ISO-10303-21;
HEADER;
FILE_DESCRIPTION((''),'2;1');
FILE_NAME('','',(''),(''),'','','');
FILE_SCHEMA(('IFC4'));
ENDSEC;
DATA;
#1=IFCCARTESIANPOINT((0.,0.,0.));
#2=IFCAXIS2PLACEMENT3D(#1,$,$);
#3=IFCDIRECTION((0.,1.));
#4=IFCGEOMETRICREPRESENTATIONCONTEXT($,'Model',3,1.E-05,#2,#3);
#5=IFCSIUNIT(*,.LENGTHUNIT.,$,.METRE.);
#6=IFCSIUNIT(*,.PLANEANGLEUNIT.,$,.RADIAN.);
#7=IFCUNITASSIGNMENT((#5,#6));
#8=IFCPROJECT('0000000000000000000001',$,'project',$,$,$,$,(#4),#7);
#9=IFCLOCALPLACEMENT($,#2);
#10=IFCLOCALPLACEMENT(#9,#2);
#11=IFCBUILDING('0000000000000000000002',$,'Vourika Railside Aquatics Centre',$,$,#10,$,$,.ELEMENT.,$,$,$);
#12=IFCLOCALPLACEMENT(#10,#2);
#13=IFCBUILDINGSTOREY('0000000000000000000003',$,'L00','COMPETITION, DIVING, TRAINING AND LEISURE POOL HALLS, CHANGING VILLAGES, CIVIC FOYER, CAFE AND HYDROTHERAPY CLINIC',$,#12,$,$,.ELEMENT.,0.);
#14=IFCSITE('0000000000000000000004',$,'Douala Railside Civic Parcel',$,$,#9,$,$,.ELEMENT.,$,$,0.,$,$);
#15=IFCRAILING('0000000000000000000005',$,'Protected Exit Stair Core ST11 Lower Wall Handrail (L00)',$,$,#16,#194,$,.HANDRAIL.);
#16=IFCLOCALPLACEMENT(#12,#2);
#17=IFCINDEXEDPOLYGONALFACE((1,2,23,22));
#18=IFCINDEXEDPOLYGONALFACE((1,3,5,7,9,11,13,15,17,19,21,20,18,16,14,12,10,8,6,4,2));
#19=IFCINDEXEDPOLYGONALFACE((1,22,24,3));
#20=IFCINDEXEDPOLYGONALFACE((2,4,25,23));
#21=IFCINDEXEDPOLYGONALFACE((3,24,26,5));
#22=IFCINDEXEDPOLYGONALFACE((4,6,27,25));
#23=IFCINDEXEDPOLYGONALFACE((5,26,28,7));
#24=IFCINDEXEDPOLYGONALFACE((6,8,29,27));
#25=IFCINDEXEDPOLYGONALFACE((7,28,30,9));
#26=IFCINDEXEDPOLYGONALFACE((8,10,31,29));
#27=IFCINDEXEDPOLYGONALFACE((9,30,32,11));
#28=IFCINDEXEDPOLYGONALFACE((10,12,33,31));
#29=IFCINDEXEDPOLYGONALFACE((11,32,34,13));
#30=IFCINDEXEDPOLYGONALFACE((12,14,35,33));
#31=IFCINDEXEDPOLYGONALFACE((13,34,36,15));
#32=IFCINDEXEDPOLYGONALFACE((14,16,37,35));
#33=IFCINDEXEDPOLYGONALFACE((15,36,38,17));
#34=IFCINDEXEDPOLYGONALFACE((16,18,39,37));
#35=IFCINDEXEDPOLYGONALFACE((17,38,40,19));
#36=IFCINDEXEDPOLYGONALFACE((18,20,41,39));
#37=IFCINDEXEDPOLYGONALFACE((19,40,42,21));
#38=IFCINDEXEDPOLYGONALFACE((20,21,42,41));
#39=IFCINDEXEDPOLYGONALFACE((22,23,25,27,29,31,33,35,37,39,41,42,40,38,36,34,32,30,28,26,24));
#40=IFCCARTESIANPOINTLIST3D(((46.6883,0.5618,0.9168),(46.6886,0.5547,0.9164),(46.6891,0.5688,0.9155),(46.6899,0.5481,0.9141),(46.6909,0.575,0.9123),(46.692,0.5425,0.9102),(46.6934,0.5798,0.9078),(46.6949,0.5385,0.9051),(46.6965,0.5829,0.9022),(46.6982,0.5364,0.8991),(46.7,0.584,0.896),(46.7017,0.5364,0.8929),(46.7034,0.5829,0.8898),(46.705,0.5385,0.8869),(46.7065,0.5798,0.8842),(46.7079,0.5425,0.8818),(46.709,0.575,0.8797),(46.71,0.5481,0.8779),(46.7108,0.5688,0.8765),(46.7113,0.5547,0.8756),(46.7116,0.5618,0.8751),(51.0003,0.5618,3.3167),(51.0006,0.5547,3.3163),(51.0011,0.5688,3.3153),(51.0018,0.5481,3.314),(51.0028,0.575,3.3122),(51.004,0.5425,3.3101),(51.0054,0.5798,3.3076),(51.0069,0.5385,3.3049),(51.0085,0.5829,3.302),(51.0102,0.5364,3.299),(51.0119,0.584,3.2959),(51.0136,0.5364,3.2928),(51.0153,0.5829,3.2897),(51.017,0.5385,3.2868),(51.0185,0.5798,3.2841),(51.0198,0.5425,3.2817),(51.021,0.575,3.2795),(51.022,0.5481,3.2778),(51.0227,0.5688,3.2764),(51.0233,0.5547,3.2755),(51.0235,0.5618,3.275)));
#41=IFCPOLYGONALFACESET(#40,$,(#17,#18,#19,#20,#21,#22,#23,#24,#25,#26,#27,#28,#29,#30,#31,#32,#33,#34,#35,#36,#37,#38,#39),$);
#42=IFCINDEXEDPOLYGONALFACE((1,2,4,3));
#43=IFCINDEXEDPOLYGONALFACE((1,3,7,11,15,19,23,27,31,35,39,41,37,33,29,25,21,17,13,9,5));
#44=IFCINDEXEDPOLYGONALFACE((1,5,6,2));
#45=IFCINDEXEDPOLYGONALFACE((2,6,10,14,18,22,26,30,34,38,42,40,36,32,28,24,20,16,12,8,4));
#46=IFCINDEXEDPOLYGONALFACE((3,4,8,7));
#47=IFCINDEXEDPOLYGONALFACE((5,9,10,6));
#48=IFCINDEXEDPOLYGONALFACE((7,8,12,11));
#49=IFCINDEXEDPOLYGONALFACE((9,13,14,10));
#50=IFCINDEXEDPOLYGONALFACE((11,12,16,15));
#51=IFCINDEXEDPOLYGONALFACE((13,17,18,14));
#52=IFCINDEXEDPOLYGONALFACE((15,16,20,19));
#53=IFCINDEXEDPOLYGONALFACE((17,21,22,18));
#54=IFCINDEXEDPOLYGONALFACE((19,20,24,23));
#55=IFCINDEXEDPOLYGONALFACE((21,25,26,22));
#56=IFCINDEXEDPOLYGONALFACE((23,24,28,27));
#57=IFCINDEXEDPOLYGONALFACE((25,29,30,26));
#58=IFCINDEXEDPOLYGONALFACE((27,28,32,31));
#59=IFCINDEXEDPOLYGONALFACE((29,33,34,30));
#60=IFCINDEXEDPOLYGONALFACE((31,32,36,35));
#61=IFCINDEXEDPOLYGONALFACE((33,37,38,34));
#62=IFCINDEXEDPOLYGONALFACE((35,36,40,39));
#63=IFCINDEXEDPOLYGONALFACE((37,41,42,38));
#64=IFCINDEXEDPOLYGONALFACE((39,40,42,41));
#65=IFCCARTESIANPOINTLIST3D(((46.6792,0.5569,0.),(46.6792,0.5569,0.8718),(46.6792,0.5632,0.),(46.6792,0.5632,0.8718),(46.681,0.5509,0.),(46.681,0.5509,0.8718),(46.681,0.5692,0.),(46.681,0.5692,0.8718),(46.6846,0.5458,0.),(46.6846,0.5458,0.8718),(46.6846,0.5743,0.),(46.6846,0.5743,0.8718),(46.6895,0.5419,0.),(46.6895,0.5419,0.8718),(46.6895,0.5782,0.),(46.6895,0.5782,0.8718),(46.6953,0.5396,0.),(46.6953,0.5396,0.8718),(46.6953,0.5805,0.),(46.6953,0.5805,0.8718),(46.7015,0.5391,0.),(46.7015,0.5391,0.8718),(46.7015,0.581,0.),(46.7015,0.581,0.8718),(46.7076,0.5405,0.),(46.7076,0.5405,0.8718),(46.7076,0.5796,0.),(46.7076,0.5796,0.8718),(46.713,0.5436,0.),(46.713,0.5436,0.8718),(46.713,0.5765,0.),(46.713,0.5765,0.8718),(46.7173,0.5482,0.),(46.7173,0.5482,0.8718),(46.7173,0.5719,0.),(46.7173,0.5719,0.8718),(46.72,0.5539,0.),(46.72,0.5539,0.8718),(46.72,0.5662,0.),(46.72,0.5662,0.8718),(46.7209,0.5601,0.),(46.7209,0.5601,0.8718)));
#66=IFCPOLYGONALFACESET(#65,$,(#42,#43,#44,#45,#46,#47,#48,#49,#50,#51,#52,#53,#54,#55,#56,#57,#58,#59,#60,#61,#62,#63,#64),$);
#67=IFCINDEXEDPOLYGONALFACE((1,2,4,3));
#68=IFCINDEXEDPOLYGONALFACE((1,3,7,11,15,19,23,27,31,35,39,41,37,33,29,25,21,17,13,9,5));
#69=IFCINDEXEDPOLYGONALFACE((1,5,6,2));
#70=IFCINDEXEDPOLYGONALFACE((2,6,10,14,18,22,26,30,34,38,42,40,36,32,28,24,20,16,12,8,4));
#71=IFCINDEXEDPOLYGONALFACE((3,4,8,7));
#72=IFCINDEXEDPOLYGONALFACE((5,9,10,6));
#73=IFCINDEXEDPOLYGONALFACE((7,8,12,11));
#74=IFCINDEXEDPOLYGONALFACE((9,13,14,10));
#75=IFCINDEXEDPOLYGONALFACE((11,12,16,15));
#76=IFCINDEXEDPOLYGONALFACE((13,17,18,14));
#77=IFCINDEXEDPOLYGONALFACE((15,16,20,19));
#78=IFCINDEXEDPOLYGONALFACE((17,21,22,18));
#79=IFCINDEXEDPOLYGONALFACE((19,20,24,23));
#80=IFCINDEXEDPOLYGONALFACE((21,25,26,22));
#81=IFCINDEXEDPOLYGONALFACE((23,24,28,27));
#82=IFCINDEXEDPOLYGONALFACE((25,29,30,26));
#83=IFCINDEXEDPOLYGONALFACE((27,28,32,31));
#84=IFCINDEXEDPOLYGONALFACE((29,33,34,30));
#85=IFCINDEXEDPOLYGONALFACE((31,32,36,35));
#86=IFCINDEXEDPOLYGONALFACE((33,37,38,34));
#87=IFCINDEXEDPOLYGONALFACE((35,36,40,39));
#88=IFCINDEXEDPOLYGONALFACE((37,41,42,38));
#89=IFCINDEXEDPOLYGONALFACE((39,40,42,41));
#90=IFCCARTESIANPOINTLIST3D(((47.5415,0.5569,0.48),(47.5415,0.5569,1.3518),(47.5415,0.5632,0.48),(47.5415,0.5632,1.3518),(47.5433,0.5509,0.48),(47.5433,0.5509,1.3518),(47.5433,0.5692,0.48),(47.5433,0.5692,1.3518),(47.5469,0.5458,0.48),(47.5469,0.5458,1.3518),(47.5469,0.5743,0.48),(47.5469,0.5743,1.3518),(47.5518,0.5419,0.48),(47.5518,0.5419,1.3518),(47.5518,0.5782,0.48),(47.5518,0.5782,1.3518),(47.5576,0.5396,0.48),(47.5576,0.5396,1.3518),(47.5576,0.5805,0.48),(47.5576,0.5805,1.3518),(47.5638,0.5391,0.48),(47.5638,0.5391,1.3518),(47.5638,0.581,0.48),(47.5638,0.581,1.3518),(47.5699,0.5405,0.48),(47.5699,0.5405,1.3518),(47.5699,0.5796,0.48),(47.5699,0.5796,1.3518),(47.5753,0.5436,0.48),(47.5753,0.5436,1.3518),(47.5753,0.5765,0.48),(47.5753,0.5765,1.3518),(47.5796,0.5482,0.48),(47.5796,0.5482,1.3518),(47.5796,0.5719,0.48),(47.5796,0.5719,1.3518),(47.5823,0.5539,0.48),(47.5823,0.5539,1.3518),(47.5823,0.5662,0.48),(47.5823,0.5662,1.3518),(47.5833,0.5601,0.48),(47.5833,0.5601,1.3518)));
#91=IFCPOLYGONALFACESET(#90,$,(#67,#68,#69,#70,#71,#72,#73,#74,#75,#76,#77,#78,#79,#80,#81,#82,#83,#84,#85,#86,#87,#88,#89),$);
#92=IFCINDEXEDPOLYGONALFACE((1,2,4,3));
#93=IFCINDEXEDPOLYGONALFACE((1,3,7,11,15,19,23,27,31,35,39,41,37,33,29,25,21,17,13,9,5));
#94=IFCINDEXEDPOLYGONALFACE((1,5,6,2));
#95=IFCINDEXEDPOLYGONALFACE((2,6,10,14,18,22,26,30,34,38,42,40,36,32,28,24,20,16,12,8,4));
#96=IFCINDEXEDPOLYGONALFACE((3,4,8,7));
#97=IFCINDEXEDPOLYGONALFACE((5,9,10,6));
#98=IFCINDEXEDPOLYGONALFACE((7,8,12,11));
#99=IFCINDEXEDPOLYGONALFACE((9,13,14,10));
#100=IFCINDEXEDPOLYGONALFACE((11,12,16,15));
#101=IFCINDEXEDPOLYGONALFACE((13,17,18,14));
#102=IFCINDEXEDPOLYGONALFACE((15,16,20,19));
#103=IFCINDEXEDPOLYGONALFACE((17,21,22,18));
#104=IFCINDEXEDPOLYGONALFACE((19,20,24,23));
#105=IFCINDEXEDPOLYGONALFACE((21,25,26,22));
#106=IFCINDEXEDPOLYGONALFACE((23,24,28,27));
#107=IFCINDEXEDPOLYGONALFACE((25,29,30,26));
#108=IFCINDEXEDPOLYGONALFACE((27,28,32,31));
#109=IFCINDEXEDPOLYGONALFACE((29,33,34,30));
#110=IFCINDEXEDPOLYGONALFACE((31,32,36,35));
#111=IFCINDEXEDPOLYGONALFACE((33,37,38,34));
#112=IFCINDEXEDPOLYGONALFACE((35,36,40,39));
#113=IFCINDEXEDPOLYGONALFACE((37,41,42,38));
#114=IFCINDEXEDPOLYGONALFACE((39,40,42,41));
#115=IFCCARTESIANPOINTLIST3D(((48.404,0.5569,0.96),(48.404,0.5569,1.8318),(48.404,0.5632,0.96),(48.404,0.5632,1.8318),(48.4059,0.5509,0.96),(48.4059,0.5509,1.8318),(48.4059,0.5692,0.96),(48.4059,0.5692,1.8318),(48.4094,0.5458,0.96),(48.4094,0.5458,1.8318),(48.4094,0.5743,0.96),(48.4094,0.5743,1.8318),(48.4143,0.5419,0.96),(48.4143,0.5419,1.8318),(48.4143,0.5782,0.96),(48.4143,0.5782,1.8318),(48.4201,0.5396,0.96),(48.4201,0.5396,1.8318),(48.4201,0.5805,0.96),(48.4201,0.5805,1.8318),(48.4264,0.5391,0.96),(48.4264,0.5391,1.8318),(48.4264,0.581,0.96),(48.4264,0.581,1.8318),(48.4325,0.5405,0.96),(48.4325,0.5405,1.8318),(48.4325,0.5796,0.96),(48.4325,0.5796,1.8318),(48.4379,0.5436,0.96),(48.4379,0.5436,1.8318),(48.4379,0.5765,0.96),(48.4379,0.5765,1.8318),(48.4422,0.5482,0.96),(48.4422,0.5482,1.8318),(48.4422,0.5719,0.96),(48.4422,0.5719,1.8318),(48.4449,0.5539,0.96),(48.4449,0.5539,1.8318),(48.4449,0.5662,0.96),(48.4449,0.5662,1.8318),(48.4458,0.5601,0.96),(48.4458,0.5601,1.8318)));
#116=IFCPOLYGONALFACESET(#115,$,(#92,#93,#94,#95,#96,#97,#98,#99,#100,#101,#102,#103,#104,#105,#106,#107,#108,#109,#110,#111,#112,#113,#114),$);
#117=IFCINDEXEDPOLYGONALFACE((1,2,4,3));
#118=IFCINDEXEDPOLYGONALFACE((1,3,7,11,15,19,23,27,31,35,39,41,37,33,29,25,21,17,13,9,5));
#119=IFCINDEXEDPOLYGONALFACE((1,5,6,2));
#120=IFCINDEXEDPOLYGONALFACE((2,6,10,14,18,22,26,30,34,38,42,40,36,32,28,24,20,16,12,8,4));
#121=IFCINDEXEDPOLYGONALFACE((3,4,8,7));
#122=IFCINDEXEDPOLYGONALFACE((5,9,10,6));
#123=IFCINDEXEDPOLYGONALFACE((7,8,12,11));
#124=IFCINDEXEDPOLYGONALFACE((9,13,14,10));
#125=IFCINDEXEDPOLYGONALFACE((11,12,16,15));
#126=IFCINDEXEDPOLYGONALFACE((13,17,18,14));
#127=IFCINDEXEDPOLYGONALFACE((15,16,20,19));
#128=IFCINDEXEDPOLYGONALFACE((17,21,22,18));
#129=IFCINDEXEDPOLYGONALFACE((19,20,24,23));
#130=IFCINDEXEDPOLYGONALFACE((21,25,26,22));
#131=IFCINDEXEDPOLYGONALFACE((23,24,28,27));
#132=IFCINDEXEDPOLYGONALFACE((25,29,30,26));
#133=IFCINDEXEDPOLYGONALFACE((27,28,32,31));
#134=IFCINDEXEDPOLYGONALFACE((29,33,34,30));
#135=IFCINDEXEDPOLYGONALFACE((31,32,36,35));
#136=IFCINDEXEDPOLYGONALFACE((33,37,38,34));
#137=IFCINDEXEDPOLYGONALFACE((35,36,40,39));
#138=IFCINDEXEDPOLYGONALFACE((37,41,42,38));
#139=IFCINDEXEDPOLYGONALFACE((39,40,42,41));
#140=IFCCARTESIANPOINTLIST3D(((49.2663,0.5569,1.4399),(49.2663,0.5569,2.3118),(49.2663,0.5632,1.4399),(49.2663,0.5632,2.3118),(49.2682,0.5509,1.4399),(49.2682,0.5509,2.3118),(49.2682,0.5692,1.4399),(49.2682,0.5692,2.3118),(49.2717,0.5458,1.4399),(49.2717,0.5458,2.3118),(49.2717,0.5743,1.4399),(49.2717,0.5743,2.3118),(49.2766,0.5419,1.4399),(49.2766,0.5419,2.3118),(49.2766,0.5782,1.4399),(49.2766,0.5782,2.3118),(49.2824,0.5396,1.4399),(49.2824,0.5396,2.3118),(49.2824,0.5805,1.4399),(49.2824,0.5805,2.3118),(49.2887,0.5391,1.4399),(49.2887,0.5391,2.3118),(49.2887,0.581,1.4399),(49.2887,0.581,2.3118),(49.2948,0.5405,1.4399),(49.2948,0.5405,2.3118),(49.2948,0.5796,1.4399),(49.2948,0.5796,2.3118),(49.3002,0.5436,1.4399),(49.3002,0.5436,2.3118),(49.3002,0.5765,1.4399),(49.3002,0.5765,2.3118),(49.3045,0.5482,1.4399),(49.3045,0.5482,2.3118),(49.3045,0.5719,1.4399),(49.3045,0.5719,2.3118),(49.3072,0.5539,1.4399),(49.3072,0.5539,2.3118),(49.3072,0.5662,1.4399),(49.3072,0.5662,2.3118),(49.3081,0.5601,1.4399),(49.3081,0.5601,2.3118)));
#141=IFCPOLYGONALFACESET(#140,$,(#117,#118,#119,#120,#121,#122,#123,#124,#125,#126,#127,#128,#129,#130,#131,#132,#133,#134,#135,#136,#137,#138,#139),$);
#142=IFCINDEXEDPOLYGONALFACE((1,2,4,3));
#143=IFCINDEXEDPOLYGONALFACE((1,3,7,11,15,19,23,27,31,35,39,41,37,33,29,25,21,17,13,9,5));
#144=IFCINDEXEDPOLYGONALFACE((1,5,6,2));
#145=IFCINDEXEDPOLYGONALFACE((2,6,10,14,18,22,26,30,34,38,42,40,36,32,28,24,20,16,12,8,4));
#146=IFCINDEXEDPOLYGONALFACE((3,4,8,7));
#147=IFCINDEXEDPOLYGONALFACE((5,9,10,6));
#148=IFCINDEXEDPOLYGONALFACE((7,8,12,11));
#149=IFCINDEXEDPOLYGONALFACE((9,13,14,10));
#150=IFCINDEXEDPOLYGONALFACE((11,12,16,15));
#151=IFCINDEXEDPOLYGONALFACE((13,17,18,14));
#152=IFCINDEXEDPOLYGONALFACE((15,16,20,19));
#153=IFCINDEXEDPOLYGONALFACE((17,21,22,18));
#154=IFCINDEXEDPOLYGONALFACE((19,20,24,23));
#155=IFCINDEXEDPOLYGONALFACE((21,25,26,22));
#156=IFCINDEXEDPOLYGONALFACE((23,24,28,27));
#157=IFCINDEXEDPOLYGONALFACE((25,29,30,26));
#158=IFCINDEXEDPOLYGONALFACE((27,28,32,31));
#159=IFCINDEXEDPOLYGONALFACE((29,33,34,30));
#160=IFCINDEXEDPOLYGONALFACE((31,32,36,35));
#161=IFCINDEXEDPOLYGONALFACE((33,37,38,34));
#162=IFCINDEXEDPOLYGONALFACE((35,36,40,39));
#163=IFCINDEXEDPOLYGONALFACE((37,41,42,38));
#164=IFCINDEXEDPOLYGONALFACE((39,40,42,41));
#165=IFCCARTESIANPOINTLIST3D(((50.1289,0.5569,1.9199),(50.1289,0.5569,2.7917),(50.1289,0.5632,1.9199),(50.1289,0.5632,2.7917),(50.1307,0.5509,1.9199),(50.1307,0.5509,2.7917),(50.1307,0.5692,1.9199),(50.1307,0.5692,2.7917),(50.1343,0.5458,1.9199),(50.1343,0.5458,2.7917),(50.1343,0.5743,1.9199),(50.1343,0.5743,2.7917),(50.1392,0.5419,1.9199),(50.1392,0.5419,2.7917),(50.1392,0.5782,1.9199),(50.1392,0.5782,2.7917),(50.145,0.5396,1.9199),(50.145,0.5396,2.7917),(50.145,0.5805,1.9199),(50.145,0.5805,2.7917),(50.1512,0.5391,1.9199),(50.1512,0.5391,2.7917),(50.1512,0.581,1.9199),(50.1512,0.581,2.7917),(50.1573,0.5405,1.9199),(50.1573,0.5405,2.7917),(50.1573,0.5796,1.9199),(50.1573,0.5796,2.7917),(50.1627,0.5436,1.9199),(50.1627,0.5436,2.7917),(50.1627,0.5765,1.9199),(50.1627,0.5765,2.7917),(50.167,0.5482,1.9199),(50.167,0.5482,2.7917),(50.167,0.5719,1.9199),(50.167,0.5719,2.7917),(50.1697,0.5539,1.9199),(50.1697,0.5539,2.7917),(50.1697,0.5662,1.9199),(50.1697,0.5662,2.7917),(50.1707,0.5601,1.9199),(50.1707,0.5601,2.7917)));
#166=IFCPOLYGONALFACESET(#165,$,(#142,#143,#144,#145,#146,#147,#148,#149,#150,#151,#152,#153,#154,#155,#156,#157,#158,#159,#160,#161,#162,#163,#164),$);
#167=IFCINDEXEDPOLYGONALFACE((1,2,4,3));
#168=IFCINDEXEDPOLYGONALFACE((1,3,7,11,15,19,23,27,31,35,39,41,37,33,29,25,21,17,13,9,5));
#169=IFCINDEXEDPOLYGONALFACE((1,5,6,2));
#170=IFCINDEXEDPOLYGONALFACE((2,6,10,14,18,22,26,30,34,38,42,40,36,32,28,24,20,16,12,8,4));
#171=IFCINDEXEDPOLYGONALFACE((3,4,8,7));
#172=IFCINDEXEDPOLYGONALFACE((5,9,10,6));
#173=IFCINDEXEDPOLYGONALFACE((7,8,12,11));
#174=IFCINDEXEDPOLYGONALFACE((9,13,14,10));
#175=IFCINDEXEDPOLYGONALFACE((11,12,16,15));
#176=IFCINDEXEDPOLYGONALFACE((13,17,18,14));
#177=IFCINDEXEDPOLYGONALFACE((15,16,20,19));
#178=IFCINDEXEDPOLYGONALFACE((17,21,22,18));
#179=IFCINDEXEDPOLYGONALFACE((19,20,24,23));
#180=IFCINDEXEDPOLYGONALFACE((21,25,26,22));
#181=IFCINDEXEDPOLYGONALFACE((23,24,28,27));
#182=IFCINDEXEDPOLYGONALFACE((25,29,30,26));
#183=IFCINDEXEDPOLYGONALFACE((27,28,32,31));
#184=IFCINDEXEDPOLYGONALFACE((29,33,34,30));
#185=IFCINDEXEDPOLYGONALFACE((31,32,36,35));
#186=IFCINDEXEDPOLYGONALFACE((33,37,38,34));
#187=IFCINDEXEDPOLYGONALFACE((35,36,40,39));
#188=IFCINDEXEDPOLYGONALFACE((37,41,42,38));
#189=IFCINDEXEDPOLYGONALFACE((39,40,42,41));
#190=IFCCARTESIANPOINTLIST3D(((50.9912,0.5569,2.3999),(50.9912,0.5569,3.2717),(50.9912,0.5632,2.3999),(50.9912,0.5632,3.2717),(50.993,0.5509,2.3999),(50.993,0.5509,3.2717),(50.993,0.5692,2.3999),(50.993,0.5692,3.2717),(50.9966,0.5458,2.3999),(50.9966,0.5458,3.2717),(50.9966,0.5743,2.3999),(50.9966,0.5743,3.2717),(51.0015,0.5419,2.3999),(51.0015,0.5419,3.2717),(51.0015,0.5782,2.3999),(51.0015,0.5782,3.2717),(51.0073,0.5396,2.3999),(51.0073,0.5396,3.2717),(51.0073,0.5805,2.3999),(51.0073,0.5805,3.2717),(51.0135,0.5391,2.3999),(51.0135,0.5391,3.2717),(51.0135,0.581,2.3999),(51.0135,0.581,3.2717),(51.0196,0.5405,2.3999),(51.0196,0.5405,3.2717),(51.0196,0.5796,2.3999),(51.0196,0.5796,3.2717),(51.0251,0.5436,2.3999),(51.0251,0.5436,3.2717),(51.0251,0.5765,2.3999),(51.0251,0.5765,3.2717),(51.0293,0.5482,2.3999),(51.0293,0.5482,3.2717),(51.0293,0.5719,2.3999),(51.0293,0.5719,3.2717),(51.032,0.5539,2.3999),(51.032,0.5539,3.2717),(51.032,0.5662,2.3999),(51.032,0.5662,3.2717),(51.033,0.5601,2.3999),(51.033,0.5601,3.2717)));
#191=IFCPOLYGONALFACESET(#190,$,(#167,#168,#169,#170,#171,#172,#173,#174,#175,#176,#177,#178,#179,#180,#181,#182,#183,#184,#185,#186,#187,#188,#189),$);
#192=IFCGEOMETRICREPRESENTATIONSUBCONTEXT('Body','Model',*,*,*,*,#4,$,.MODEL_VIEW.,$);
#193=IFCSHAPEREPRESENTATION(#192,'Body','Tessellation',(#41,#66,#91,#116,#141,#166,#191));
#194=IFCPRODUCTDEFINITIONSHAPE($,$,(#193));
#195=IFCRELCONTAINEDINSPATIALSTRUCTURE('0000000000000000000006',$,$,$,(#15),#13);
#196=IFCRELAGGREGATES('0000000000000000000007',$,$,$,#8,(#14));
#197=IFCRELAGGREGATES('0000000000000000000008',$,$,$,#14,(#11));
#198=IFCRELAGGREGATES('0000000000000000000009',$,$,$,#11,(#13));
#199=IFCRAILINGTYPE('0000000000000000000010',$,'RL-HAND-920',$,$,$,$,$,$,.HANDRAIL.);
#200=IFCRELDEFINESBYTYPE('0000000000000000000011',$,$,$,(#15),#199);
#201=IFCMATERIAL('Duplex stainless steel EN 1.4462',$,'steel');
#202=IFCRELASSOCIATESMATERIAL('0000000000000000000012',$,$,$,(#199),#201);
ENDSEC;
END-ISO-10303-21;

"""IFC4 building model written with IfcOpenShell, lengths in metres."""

from ifc_helpers import new_model, si_unit, direction, frame, origin, origin_2d, place, context, subcontext, project, spatial, circle, extrude, material, type_object, element, save


model = new_model("IFC4")

# Units and contexts
model_context = context("Model", 3, precision=1e-05, world=origin(), true_north=direction((0.0, 1.0)))
body_context = subcontext(model_context, "Body", "Model", "MODEL_VIEW")
ifc_project = project(units=[si_unit("LENGTHUNIT", "METRE"), si_unit("PLANEANGLEUNIT", "RADIAN")], contexts=[model_context])

# Site, building, storey
site_placement = place(None, origin())
site = spatial("IfcSite", under=ifc_project, at=site_placement, Name="Douala Railside Civic Parcel", CompositionType="ELEMENT", RefElevation=0.0)
building_placement = place(site_placement, origin())
building = spatial("IfcBuilding", under=site, at=building_placement, Name="Vourika Railside Aquatics Centre", CompositionType="ELEMENT")
storey_placement = place(building_placement, origin())
storey = spatial("IfcBuildingStorey", under=building, at=storey_placement, Name="L00", Description="COMPETITION, DIVING, TRAINING AND LEISURE POOL HALLS, CHANGING VILLAGES, CIVIC FOYER, CAFE AND HYDROTHERAPY CLINIC", CompositionType="ELEMENT", Elevation=0.0)

# Railing
ifc_material_1 = material(Name="Duplex stainless steel EN 1.4462", Category="steel")
railing_type_1 = type_object("IfcRailingType", Name="RL-HAND-920", PredefinedType="HANDRAIL", material=ifc_material_1)
railing_1_placement = place(storey_placement, frame((46.7, 0.5601, 0.0)))
element("IfcRailing", 1, at=railing_1_placement, inside=storey, type_object=railing_type_1, Name="Protected Exit Stair Core ST11 Lower Wall Handrail (L00)", PredefinedType="HANDRAIL", context=body_context, shape_type="SweptSolid", body=[
    extrude(circle(Radius=0.0239, at=origin_2d()), frame((0.0, 0.0, 0.896), z_axis=(0.873784, 0.0, 0.486315), x_axis=(0.0, 1.0, 0.0)), (0.0, 0.0, 1.0), 4.9348),
    extrude(circle(Radius=0.021, at=origin_2d()), origin(), (0.0, 0.0, 1.0), 0.8718),
    extrude(circle(Radius=0.021, at=origin_2d()), frame((0.8623, 0.0, 0.48)), (0.0, 0.0, 1.0), 0.8718),
    extrude(circle(Radius=0.021, at=origin_2d()), frame((1.7249, 0.0, 0.96)), (0.0, 0.0, 1.0), 0.8718),
    extrude(circle(Radius=0.021, at=origin_2d()), frame((2.5872, 0.0, 1.4399)), (0.0, 0.0, 1.0), 0.8718),
    extrude(circle(Radius=0.021, at=origin_2d()), frame((3.4497, 0.0, 1.9199)), (0.0, 0.0, 1.0), 0.8718),
    extrude(circle(Radius=0.021, at=origin_2d()), frame((4.312, 0.0, 2.3999)), (0.0, 0.0, 1.0), 0.8718),
])

save(model, "model.ifc")
